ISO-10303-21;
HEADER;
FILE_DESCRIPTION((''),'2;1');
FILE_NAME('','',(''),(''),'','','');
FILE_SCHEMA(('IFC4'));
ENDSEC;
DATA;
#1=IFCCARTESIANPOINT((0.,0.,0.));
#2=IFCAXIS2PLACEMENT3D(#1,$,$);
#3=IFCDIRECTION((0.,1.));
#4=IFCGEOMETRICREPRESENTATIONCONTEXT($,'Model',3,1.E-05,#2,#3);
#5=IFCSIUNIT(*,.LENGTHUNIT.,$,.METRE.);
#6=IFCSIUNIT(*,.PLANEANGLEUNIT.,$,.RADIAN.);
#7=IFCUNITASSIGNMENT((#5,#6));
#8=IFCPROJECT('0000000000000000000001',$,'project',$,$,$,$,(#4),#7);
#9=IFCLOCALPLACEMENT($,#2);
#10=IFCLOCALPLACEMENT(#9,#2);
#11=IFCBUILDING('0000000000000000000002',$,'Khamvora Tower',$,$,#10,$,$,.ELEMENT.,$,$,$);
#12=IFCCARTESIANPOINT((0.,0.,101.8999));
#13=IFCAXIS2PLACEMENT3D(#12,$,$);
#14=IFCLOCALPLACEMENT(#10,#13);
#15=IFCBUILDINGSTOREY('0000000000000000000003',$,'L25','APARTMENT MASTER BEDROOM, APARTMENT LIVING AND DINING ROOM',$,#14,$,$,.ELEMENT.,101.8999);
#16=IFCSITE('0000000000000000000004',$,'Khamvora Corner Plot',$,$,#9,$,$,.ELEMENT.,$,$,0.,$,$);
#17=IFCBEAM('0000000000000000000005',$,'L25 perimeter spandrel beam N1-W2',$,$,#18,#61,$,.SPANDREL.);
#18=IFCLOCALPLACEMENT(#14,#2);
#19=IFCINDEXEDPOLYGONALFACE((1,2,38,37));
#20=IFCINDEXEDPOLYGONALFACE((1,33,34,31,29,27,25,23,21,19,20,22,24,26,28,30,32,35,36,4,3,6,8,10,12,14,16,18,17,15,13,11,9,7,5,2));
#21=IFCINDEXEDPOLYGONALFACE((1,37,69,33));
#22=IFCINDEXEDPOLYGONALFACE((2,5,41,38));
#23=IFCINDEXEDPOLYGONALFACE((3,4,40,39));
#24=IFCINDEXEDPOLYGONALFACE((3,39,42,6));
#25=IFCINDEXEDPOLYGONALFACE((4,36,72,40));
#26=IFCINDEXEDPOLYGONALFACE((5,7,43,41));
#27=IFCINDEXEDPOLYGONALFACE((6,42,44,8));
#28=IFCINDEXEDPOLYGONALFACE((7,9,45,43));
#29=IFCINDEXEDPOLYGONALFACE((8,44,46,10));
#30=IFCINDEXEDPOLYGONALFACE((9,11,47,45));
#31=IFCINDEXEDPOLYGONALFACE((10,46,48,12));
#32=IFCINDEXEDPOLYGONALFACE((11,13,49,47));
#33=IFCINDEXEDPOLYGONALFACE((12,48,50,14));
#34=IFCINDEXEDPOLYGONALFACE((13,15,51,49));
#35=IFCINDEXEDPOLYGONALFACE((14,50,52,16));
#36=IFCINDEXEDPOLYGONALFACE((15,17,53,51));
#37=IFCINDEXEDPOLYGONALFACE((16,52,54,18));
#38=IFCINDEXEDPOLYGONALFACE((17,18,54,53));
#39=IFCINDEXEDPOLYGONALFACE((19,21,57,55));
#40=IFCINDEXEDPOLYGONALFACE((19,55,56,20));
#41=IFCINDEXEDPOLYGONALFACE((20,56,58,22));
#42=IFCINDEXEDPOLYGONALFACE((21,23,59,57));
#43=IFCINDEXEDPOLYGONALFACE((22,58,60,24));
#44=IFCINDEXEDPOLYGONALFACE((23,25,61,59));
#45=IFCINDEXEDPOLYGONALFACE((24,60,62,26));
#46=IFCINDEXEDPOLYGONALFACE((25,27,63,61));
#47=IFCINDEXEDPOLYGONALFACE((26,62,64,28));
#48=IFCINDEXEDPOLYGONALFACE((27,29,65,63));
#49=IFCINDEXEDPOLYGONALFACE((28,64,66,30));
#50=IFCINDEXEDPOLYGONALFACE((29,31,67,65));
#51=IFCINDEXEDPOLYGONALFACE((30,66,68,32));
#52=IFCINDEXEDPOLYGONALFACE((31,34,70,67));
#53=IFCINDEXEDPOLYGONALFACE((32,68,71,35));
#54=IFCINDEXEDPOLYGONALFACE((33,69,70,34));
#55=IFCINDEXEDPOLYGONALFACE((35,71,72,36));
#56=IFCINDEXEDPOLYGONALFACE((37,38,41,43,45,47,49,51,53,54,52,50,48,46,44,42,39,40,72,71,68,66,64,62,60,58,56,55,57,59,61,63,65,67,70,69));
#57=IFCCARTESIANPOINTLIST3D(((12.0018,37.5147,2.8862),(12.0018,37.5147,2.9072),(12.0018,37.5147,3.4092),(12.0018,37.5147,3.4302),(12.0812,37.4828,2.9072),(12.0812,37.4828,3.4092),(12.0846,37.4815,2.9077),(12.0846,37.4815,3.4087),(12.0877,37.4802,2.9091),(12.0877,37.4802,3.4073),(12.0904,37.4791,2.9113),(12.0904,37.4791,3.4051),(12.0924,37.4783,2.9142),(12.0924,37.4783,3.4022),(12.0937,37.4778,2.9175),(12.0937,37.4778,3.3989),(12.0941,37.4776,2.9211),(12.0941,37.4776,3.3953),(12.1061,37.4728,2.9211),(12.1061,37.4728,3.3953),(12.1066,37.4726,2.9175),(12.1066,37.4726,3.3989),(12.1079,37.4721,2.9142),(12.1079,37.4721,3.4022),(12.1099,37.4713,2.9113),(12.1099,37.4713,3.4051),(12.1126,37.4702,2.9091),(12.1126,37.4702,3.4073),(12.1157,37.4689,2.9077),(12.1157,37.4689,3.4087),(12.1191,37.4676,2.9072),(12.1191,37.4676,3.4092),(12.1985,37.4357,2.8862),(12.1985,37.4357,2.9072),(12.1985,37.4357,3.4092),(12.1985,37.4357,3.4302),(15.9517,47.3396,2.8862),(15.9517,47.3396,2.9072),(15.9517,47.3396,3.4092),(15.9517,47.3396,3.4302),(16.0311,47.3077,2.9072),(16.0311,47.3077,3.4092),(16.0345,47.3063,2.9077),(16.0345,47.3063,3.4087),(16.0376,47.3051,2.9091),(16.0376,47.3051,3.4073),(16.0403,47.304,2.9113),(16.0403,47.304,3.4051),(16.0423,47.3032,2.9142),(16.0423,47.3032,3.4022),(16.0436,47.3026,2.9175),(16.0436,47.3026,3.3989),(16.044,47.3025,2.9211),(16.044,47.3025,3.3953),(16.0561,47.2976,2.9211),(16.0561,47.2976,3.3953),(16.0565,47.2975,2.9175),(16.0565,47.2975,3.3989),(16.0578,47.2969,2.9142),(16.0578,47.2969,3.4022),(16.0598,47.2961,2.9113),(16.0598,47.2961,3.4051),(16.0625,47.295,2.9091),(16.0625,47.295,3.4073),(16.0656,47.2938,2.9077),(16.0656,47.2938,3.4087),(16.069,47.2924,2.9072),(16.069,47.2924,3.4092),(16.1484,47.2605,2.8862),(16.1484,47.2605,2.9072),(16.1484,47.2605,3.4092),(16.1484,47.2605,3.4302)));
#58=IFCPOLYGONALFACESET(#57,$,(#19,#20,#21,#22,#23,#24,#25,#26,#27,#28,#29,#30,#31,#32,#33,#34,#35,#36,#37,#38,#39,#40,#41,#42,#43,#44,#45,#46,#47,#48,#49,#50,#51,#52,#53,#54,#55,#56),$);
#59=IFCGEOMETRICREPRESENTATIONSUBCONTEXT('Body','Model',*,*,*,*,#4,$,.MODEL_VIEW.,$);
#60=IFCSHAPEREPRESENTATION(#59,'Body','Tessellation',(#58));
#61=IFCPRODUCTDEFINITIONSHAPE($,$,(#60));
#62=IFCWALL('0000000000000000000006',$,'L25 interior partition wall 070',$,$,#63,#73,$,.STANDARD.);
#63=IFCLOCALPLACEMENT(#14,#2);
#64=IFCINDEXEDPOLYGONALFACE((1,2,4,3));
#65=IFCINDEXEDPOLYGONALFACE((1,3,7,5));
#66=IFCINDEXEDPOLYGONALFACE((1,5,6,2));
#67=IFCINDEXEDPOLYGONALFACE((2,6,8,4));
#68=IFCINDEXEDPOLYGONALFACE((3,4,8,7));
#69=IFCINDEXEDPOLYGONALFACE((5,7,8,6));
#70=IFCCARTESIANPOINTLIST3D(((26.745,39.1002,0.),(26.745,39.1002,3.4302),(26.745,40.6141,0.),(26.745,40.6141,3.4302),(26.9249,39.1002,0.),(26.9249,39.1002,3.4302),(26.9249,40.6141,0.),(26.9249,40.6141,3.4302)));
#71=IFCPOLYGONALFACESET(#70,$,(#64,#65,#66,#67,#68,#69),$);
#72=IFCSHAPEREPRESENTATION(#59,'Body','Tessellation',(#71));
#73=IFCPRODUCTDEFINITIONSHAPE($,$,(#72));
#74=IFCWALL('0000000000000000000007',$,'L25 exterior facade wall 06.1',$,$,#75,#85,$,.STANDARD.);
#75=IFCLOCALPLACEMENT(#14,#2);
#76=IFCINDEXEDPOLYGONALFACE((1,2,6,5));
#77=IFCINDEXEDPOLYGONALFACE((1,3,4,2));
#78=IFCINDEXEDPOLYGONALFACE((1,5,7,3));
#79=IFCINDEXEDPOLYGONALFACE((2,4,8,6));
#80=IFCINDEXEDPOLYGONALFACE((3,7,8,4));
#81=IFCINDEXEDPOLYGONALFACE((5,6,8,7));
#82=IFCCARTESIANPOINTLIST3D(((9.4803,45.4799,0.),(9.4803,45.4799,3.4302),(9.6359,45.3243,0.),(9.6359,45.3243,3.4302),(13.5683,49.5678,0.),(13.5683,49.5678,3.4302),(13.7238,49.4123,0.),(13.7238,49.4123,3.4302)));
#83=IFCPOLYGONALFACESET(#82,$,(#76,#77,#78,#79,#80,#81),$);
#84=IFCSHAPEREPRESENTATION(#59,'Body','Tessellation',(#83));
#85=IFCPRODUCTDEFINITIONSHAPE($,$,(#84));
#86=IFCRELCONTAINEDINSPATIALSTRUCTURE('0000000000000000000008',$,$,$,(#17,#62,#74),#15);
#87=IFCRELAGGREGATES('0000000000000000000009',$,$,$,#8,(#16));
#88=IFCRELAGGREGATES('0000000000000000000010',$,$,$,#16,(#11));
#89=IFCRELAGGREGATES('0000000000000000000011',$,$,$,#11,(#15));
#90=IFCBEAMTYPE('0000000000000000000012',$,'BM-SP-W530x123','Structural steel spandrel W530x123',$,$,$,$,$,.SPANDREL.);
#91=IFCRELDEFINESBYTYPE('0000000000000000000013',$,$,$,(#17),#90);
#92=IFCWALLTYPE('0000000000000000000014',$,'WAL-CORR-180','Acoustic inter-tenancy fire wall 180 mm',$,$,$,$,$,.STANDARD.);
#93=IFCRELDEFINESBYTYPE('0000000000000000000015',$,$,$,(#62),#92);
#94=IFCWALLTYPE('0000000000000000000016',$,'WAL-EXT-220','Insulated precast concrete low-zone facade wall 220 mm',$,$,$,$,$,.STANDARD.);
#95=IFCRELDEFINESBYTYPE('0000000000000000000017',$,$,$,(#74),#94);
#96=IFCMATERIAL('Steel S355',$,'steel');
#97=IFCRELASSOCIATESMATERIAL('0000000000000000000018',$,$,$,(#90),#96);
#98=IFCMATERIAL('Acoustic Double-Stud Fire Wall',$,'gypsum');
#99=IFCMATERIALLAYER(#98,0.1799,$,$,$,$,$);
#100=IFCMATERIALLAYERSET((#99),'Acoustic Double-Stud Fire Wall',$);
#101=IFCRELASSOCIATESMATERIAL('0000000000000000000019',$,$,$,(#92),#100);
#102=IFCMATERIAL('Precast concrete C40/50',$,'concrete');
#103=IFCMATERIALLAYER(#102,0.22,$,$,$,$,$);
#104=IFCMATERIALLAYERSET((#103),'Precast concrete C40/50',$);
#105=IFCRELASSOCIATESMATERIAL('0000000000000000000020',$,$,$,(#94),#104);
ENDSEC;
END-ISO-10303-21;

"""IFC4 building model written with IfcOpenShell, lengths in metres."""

from ifc_helpers import new_model, si_unit, direction, frame, frame_2d, origin, origin_2d, place, context, subcontext, project, spatial, rectangle, i_section, extrude, material, layer, layer_set, material_profile, profile_set, type_object, element, save


model = new_model("IFC4")

# Units and contexts
model_context = context("Model", 3, precision=1e-05, world=origin(), true_north=direction((0.0, 1.0)))
body_context = subcontext(model_context, "Body", "Model", "MODEL_VIEW")
ifc_project = project(units=[si_unit("LENGTHUNIT", "METRE"), si_unit("PLANEANGLEUNIT", "RADIAN")], contexts=[model_context])

# Site, building, storey
site_placement = place(None, origin())
site = spatial("IfcSite", under=ifc_project, at=site_placement, Name="Khamvora Corner Plot", CompositionType="ELEMENT", RefElevation=0.0)
building_placement = place(site_placement, origin())
building = spatial("IfcBuilding", under=site, at=building_placement, Name="Khamvora Tower", CompositionType="ELEMENT")
storey_placement = place(building_placement, frame((0.0, 0.0, 101.8999)))
storey = spatial("IfcBuildingStorey", under=building, at=storey_placement, Name="L25", Description="APARTMENT MASTER BEDROOM, APARTMENT LIVING AND DINING ROOM", CompositionType="ELEMENT", Elevation=101.8999)

# Shared definitions
ifc_material_1 = material(Name="Steel S355", Category="steel")

# Beam
ifc_material_profile_1 = material_profile(ifc_material_1, i_section(OverallWidth=0.2119, OverallDepth=0.5439, WebThickness=0.0129, FlangeThickness=0.021, FilletRadius=0.0139, at=origin_2d()), Name="W530x123")
ifc_profile_set_1 = profile_set([ifc_material_profile_1], Name="Steel S355")
beam_type_1 = type_object("IfcBeamType", Name="BM-SP-W530x123", Description="Structural steel spandrel W530x123", PredefinedType="SPANDREL", material=ifc_profile_set_1)
beam_1_placement = place(storey_placement, frame((16.05, 47.3, 3.1582), z_axis=(-0.373016, -0.927825, 0.0), x_axis=(0.927825, -0.373016, 0.0)))
element("IfcBeam", 1, at=beam_1_placement, inside=storey, type_object=beam_type_1, Name="L25 perimeter spandrel beam N1-W2", PredefinedType="SPANDREL", context=body_context, shape_type="SweptSolid", body=[
    extrude(i_section(OverallWidth=0.2119, OverallDepth=0.5439, WebThickness=0.0129, FlangeThickness=0.021, FilletRadius=0.0139, at=origin_2d()), origin(), (0.0, 0.0, 1.0), 10.5891),
])

# Walls
ifc_material_2 = material(Name="Acoustic Double-Stud Fire Wall", Category="gypsum")
ifc_layer_1 = layer(ifc_material_2, 0.1799)
ifc_layer_set_1 = layer_set([ifc_layer_1], Name="Acoustic Double-Stud Fire Wall")
wall_type_1 = type_object("IfcWallType", Name="WAL-CORR-180", Description="Acoustic inter-tenancy fire wall 180 mm", PredefinedType="STANDARD", material=ifc_layer_set_1)
wall_1_placement = place(storey_placement, frame((26.835, 40.614, 0.0), z_axis=(0.0, 0.0, 1.0), x_axis=(0.0, -1.0, 0.0)))
element("IfcWall", 2, at=wall_1_placement, inside=storey, type_object=wall_type_1, Name="L25 interior partition wall 070", PredefinedType="STANDARD", context=body_context, shape_type="SweptSolid", body=[
    extrude(rectangle(XDim=1.5139, YDim=0.1799, at=frame_2d((0.7568, 0.0))), origin(), (0.0, 0.0, 1.0), 3.4302),
])
ifc_material_3 = material(Name="Precast concrete C40/50", Category="concrete")
ifc_layer_2 = layer(ifc_material_3, 0.22)
ifc_layer_set_2 = layer_set([ifc_layer_2], Name="Precast concrete C40/50")
wall_type_2 = type_object("IfcWallType", Name="WAL-EXT-220", Description="Insulated precast concrete low-zone facade wall 220 mm", PredefinedType="STANDARD", material=ifc_layer_set_2)
wall_2_placement = place(storey_placement, frame((9.5581, 45.4021, 0.0), z_axis=(0.0, 0.0, 1.0), x_axis=(0.707107, 0.707107, 0.0)))
element("IfcWall", 3, at=wall_2_placement, inside=storey, type_object=wall_type_2, Name="L25 exterior facade wall 06.1", PredefinedType="STANDARD", context=body_context, shape_type="SweptSolid", body=[
    extrude(rectangle(XDim=5.7812, YDim=0.22, at=frame_2d((2.8906, 0.0))), origin(), (0.0, 0.0, 1.0), 3.4302),
])

save(model, "model.ifc")
